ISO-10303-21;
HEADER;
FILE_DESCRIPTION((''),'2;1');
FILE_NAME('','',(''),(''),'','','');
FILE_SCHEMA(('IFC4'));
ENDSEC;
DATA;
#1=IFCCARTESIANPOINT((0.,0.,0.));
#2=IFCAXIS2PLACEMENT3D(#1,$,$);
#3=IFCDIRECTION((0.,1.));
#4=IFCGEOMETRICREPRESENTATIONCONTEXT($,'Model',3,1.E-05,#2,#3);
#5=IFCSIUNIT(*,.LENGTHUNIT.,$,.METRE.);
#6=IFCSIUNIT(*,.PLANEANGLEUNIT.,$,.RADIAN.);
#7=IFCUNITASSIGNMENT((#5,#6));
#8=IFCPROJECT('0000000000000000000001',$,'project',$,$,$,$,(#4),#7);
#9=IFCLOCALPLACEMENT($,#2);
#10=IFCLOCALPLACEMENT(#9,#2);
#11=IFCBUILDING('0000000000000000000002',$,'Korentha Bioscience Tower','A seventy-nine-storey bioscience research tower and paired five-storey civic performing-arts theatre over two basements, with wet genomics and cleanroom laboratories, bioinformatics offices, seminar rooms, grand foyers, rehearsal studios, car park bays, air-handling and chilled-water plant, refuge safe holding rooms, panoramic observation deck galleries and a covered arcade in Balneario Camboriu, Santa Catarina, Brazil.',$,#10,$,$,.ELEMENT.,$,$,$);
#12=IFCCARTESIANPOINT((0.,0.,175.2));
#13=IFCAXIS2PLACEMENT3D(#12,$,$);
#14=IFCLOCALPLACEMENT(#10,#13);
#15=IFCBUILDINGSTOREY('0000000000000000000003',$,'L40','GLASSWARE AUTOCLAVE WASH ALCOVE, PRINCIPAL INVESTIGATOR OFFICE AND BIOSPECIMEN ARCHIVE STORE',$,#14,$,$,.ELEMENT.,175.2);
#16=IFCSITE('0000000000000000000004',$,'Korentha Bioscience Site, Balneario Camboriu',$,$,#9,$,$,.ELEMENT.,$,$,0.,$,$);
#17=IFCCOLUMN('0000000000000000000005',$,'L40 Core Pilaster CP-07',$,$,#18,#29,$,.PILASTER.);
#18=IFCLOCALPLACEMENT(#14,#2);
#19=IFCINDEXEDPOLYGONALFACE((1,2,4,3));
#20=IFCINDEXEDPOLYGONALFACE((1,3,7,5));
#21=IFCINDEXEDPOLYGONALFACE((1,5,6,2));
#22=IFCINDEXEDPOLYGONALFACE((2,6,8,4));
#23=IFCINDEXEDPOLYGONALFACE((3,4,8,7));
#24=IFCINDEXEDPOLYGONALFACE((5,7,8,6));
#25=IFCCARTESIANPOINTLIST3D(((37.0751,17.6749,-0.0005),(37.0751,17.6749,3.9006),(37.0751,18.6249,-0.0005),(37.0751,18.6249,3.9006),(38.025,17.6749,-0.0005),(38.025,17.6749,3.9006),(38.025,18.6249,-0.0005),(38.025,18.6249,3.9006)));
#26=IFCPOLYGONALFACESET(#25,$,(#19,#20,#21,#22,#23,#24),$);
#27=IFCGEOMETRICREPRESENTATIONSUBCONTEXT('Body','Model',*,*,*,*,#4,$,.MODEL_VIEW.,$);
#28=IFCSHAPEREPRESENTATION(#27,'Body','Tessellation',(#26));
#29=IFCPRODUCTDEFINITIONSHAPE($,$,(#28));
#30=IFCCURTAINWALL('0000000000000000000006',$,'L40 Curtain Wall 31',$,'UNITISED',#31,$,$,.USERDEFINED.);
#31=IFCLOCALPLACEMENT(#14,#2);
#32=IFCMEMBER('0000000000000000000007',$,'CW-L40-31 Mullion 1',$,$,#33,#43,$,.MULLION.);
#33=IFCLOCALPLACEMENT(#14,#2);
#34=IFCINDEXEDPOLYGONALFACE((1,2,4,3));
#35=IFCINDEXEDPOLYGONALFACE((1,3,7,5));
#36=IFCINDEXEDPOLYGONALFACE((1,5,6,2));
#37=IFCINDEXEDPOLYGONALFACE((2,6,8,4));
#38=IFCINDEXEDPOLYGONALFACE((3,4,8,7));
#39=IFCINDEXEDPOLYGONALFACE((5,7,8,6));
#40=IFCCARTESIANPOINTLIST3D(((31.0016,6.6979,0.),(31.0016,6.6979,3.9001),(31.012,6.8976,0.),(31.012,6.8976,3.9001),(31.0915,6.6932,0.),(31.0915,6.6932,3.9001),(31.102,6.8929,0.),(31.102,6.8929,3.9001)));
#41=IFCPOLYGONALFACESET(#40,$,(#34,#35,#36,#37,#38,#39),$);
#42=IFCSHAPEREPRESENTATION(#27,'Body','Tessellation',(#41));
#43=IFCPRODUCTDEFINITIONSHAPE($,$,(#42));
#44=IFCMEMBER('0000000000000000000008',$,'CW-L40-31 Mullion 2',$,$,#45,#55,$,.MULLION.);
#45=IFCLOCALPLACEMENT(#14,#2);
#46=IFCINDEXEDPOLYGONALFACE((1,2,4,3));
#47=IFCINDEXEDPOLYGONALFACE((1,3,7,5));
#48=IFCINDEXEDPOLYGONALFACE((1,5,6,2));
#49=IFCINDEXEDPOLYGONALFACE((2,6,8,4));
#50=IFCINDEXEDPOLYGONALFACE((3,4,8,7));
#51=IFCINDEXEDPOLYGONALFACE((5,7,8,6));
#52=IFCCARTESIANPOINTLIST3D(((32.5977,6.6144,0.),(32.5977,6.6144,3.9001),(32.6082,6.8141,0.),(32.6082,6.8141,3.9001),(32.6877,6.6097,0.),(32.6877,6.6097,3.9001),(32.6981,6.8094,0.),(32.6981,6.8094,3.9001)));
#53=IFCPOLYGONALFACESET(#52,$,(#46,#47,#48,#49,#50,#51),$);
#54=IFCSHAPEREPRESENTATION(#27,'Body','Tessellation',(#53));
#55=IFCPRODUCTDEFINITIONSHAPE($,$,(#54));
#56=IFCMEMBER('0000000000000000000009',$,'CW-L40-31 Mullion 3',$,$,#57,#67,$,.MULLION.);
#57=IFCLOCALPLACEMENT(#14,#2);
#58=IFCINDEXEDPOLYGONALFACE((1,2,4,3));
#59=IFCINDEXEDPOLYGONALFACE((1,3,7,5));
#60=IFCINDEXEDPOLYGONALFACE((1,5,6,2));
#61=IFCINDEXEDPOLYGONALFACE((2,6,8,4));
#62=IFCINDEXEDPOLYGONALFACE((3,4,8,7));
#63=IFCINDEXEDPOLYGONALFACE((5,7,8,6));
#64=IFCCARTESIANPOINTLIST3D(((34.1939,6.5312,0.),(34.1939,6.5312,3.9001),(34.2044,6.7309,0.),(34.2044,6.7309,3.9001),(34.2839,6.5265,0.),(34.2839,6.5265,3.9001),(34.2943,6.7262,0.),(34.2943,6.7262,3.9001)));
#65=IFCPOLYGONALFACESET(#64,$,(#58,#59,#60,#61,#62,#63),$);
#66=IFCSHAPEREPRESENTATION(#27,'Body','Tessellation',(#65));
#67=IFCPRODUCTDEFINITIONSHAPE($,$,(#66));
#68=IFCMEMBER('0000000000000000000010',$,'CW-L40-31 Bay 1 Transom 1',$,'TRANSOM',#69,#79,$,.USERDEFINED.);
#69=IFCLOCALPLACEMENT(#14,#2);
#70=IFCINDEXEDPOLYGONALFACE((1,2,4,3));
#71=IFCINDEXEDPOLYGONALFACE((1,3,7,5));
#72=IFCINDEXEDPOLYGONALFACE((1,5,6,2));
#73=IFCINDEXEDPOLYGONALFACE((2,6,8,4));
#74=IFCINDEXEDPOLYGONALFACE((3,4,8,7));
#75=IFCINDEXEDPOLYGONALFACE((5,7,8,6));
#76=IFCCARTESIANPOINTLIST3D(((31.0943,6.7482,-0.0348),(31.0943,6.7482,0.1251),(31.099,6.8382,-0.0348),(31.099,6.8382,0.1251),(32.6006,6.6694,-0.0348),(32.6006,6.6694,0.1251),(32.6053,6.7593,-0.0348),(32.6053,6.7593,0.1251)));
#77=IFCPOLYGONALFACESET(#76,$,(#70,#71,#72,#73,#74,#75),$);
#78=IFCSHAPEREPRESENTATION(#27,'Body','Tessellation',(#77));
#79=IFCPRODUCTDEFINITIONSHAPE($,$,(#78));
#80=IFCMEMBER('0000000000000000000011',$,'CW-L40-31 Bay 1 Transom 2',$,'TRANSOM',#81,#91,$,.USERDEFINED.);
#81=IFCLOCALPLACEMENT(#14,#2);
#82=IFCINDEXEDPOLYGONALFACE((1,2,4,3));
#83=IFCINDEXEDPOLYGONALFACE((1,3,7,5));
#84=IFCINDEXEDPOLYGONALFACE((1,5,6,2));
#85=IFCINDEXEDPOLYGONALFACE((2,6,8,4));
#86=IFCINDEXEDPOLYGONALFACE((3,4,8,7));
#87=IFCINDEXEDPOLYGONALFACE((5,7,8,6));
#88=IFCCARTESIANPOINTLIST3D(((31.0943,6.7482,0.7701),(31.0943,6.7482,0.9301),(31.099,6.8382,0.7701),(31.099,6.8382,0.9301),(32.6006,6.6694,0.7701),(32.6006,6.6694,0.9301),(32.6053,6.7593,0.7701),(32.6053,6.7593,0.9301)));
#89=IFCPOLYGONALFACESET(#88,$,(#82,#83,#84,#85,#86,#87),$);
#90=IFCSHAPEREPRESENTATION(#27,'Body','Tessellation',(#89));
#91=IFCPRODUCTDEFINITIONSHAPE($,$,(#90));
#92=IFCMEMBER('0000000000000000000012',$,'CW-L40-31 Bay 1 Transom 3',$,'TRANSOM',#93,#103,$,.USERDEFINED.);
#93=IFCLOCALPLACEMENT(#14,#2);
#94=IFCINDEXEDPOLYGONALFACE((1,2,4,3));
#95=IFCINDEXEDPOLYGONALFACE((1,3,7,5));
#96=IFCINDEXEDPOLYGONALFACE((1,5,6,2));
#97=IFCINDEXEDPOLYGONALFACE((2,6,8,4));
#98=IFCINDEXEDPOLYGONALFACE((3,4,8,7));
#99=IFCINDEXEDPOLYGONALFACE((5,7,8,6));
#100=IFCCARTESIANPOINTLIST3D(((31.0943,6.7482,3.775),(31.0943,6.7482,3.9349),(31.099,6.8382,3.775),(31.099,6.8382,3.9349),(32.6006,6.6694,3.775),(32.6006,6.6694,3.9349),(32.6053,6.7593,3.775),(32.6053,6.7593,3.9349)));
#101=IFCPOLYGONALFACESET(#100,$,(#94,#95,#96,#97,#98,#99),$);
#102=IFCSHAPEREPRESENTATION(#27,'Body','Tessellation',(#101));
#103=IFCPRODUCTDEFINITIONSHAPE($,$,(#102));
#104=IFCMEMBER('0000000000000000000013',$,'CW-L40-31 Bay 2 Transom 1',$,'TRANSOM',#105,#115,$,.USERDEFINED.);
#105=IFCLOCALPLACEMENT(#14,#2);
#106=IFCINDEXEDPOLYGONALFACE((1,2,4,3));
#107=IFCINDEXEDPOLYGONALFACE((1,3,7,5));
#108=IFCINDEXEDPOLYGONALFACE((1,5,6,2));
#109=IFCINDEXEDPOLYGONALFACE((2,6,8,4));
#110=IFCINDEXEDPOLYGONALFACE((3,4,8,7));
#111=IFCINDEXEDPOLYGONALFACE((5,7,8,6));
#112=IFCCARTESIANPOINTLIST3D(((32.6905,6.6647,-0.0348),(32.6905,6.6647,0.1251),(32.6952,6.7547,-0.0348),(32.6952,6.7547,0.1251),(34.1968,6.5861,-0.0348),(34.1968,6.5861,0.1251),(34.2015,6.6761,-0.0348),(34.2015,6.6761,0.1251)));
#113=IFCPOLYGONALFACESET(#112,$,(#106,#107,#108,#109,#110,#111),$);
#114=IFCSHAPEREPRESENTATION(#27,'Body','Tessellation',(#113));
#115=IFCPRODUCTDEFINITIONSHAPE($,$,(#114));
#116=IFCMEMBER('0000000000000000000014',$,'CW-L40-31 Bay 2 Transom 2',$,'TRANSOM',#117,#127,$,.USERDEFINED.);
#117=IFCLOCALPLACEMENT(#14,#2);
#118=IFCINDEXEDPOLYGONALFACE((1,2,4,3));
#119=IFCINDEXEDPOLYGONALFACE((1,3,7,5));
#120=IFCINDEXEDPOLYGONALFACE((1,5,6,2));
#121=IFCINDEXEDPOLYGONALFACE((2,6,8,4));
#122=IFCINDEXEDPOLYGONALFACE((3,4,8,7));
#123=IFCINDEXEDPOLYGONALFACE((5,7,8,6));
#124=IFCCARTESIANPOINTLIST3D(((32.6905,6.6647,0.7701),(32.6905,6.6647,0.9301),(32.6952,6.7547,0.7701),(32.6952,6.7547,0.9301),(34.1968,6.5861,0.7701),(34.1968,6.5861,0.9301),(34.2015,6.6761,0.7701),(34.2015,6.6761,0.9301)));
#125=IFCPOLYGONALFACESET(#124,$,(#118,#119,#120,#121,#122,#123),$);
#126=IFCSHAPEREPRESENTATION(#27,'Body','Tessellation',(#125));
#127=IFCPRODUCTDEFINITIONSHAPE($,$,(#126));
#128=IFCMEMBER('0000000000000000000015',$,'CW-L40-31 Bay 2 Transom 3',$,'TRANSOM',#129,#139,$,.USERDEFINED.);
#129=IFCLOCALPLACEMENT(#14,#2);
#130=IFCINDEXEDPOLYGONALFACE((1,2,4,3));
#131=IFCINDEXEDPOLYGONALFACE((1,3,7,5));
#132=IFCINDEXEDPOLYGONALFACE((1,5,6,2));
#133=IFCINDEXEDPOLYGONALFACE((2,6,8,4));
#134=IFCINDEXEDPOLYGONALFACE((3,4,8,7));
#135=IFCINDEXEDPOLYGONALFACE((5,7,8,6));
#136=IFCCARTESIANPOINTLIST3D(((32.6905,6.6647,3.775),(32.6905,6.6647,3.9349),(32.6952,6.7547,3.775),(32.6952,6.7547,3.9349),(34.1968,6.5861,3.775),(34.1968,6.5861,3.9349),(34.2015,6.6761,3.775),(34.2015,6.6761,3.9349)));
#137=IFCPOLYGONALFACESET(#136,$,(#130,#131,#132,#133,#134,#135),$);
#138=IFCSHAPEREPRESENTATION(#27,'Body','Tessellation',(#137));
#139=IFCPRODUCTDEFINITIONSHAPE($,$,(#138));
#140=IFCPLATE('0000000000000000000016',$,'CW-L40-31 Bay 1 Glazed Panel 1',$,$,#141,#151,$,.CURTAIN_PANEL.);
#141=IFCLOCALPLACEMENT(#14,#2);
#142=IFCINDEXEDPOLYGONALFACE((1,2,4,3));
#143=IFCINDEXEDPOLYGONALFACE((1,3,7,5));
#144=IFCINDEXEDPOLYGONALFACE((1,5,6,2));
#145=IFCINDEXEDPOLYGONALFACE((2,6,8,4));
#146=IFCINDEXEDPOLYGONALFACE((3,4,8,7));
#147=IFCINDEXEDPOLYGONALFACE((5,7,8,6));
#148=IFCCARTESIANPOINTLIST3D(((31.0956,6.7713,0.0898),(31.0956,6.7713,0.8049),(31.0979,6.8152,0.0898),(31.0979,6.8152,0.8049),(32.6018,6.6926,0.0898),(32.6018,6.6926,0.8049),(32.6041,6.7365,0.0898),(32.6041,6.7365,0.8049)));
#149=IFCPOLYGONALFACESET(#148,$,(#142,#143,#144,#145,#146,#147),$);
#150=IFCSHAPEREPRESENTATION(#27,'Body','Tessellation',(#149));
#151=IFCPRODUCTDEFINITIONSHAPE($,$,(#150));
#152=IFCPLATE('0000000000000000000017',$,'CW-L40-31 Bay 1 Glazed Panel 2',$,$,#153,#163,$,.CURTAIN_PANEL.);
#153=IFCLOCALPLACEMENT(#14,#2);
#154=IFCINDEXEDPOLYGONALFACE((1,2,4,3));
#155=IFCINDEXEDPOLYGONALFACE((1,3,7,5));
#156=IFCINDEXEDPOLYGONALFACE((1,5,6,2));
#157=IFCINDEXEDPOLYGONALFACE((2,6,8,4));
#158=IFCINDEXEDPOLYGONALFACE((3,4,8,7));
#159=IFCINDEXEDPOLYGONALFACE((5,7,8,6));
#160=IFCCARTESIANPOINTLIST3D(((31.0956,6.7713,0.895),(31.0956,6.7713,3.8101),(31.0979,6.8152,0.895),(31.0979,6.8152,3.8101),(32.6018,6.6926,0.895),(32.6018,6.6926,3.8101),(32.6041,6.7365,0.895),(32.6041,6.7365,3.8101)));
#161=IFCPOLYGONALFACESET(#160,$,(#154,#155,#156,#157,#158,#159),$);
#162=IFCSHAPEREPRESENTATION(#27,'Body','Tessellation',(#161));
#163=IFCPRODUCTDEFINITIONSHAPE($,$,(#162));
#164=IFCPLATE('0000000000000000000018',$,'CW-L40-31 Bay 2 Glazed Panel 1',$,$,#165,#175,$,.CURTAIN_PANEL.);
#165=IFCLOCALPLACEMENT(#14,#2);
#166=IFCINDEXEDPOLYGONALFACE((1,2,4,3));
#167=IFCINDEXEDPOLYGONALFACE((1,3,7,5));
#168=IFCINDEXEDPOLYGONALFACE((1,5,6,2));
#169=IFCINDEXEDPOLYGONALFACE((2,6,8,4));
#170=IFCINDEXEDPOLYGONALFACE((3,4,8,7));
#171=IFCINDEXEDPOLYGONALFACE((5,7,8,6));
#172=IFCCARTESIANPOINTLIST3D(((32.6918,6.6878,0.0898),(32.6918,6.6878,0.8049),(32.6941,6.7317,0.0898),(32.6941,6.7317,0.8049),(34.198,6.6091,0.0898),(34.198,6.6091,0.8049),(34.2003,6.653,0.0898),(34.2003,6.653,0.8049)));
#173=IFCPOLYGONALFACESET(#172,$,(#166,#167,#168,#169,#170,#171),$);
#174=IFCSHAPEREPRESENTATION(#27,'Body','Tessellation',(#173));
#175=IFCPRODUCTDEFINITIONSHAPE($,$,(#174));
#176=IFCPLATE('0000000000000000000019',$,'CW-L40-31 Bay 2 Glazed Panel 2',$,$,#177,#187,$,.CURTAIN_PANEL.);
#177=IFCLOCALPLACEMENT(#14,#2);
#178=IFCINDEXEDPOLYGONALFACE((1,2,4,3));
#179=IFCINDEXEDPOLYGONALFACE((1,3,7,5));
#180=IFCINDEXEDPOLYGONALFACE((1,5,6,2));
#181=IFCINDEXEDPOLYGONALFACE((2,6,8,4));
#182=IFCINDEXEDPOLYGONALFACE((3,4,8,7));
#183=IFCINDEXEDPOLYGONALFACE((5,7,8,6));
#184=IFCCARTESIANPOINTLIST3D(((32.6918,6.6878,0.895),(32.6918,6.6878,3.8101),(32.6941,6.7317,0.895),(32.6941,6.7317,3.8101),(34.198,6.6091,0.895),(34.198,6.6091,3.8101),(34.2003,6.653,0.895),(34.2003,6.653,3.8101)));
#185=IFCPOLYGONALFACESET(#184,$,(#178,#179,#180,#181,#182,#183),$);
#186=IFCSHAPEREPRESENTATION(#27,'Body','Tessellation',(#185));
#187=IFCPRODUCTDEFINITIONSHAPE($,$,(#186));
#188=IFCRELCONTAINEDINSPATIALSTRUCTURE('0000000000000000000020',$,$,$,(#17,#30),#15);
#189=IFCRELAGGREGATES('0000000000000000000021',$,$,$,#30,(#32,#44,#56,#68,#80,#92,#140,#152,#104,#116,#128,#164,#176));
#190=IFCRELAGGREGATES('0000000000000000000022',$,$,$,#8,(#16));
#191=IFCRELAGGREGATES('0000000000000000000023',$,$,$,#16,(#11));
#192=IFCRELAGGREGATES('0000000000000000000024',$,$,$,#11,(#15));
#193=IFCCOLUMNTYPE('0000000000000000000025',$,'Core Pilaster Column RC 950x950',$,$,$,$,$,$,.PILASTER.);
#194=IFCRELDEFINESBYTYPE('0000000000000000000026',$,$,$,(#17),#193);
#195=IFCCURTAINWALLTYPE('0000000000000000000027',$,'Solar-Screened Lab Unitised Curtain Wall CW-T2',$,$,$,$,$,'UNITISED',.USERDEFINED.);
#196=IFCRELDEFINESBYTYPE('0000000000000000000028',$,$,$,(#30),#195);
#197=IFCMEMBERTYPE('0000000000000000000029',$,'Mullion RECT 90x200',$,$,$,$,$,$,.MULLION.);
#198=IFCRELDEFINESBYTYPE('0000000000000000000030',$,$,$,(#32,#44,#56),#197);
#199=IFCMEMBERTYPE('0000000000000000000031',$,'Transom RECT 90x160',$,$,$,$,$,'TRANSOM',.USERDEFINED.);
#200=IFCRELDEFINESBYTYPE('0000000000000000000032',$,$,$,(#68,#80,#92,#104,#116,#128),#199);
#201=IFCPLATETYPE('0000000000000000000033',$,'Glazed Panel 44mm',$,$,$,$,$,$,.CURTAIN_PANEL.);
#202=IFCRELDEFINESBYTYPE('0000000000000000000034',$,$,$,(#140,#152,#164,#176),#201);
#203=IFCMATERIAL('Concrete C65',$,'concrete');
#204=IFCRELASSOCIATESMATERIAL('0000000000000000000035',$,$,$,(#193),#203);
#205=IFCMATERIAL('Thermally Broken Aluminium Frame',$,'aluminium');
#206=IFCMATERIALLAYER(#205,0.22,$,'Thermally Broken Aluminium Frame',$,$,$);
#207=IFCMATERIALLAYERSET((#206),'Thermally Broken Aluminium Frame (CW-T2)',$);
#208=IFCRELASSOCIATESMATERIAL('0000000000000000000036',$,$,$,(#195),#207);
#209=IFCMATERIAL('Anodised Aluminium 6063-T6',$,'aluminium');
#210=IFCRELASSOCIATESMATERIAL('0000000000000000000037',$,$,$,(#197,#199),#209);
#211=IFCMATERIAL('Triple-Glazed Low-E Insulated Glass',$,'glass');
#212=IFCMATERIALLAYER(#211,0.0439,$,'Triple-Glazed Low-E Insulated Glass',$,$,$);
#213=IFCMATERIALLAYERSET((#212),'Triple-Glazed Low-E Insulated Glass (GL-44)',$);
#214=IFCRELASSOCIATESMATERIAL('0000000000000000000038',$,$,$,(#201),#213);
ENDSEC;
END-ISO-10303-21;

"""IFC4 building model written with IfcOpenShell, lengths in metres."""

from ifc_helpers import new_model, si_unit, direction, frame, origin, origin_2d, place, context, subcontext, project, spatial, rectangle, extrude, material, layer, layer_set, material_profile, profile_set, type_object, element, aggregate, save


model = new_model("IFC4")

# Units and contexts
model_context = context("Model", 3, precision=1e-05, world=origin(), true_north=direction((0.0, 1.0)))
body_context = subcontext(model_context, "Body", "Model", "MODEL_VIEW")
ifc_project = project(units=[si_unit("LENGTHUNIT", "METRE"), si_unit("PLANEANGLEUNIT", "RADIAN")], contexts=[model_context])

# Site, building, storey
site_placement = place(None, origin())
site = spatial("IfcSite", under=ifc_project, at=site_placement, Name="Korentha Bioscience Site, Balneario Camboriu", CompositionType="ELEMENT", RefElevation=0.0)
building_placement = place(site_placement, origin())
building = spatial("IfcBuilding", under=site, at=building_placement, Name="Korentha Bioscience Tower", Description="A seventy-nine-storey bioscience research tower and paired five-storey civic performing-arts theatre over two basements, with wet genomics and cleanroom laboratories, bioinformatics offices, seminar rooms, grand foyers, rehearsal studios, car park bays, air-handling and chilled-water plant, refuge safe holding rooms, panoramic observation deck galleries and a covered arcade in Balneario Camboriu, Santa Catarina, Brazil.", CompositionType="ELEMENT")
storey_placement = place(building_placement, frame((0.0, 0.0, 175.2)))
storey = spatial("IfcBuildingStorey", under=building, at=storey_placement, Name="L40", Description="GLASSWARE AUTOCLAVE WASH ALCOVE, PRINCIPAL INVESTIGATOR OFFICE AND BIOSPECIMEN ARCHIVE STORE", CompositionType="ELEMENT", Elevation=175.2)

# Column
ifc_material_1 = material(Name="Concrete C65", Category="concrete")
ifc_material_profile_1 = material_profile(ifc_material_1, rectangle(XDim=0.95, YDim=0.95, at=origin_2d()), Name="Concrete C65")
ifc_profile_set_1 = profile_set([ifc_material_profile_1], Name="Concrete C65 (COL-CP09)")
column_type = type_object("IfcColumnType", Name="Core Pilaster Column RC 950x950", PredefinedType="PILASTER", material=ifc_profile_set_1)
column_placement = place(storey_placement, frame((37.55, 18.1499, -0.0005), z_axis=(0.0, 0.0, 1.0), x_axis=(1.0, 0.0, 0.0)))
element("IfcColumn", 1, at=column_placement, inside=storey, type_object=column_type, Name="L40 Core Pilaster CP-07", PredefinedType="PILASTER", context=body_context, shape_type="SweptSolid", body=[
    extrude(rectangle(XDim=0.95, YDim=0.95, at=origin_2d()), origin(), (0.0, 0.0, 1.0), 3.9011),
])

# Curtain wall, members, plates
ifc_material_2 = material(Name="Thermally Broken Aluminium Frame", Category="aluminium")
ifc_layer_1 = layer(ifc_material_2, 0.22, Name="Thermally Broken Aluminium Frame")
ifc_layer_set_1 = layer_set([ifc_layer_1], Name="Thermally Broken Aluminium Frame (CW-T2)")
curtain_wall_type = type_object("IfcCurtainWallType", Name="Solar-Screened Lab Unitised Curtain Wall CW-T2", ElementType="UNITISED", PredefinedType="USERDEFINED", material=ifc_layer_set_1)
curtain_wall_placement = place(storey_placement, origin())
curtain_wall = element("IfcCurtainWall", 2, at=curtain_wall_placement, inside=storey, type_object=curtain_wall_type, Name="L40 Curtain Wall 31", ObjectType="UNITISED", PredefinedType="USERDEFINED")
ifc_material_3 = material(Name="Anodised Aluminium 6063-T6", Category="aluminium")
ifc_material_profile_2 = material_profile(ifc_material_3, rectangle(XDim=0.0901, YDim=0.2, at=origin_2d()), Name="Anodised Aluminium 6063-T6")
ifc_profile_set_2 = profile_set([ifc_material_profile_2], Name="Anodised Aluminium 6063-T6 (CW-MUL)")
member_type_1 = type_object("IfcMemberType", Name="Mullion RECT 90x200", PredefinedType="MULLION", material=ifc_profile_set_2)
member_1_placement = place(storey_placement, frame((31.0518, 6.7954, 0.0), z_axis=(0.0, 0.0, 1.0), x_axis=(0.998638, -0.05218, 0.0)))
member_1 = element("IfcMember", 3, at=member_1_placement, type_object=member_type_1, Name="CW-L40-31 Mullion 1", PredefinedType="MULLION", context=body_context, shape_type="SweptSolid", body=[
    extrude(rectangle(XDim=0.0901, YDim=0.2, at=origin_2d()), origin(), (0.0, 0.0, 1.0), 3.9001),
])
member_2_placement = place(storey_placement, frame((32.6479, 6.7119, 0.0), z_axis=(0.0, 0.0, 1.0), x_axis=(0.998638, -0.05218, 0.0)))
member_2 = element("IfcMember", 4, at=member_2_placement, type_object=member_type_1, Name="CW-L40-31 Mullion 2", PredefinedType="MULLION", context=body_context, shape_type="SweptSolid", body=[
    extrude(rectangle(XDim=0.0901, YDim=0.2, at=origin_2d()), origin(), (0.0, 0.0, 1.0), 3.9001),
])
member_3_placement = place(storey_placement, frame((34.2441, 6.6287, 0.0), z_axis=(0.0, 0.0, 1.0), x_axis=(0.998638, -0.05218, 0.0)))
member_3 = element("IfcMember", 5, at=member_3_placement, type_object=member_type_1, Name="CW-L40-31 Mullion 3", PredefinedType="MULLION", context=body_context, shape_type="SweptSolid", body=[
    extrude(rectangle(XDim=0.0901, YDim=0.2, at=origin_2d()), origin(), (0.0, 0.0, 1.0), 3.9001),
])
ifc_material_profile_3 = material_profile(ifc_material_3, rectangle(XDim=0.0901, YDim=0.1599, at=origin_2d()), Name="Anodised Aluminium 6063-T6")
ifc_profile_set_3 = profile_set([ifc_material_profile_3], Name="Anodised Aluminium 6063-T6 (CW-TRN)")
member_type_2 = type_object("IfcMemberType", Name="Transom RECT 90x160", ElementType="TRANSOM", PredefinedType="USERDEFINED", material=ifc_profile_set_3)
member_4_placement = place(storey_placement, frame((31.0967, 6.7932, 0.0452), z_axis=(0.998633, -0.052278, 0.0), x_axis=(0.052278, 0.998633, 0.0)))
member_4 = element("IfcMember", 6, at=member_4_placement, type_object=member_type_2, Name="CW-L40-31 Bay 1 Transom 1", ObjectType="TRANSOM", PredefinedType="USERDEFINED", context=body_context, shape_type="SweptSolid", body=[
    extrude(rectangle(XDim=0.0901, YDim=0.1599, at=origin_2d()), origin(), (0.0, 0.0, 1.0), 1.5083),
])
member_5_placement = place(storey_placement, frame((31.0967, 6.7932, 0.8501), z_axis=(0.998633, -0.052278, 0.0), x_axis=(0.052278, 0.998633, 0.0)))
member_5 = element("IfcMember", 7, at=member_5_placement, type_object=member_type_2, Name="CW-L40-31 Bay 1 Transom 2", ObjectType="TRANSOM", PredefinedType="USERDEFINED", context=body_context, shape_type="SweptSolid", body=[
    extrude(rectangle(XDim=0.0901, YDim=0.1599, at=origin_2d()), origin(), (0.0, 0.0, 1.0), 1.5083),
])
member_6_placement = place(storey_placement, frame((31.0967, 6.7932, 3.855), z_axis=(0.998633, -0.052278, 0.0), x_axis=(0.052278, 0.998633, 0.0)))
member_6 = element("IfcMember", 8, at=member_6_placement, type_object=member_type_2, Name="CW-L40-31 Bay 1 Transom 3", ObjectType="TRANSOM", PredefinedType="USERDEFINED", context=body_context, shape_type="SweptSolid", body=[
    extrude(rectangle(XDim=0.0901, YDim=0.1599, at=origin_2d()), origin(), (0.0, 0.0, 1.0), 1.5083),
])
member_7_placement = place(storey_placement, frame((32.6929, 6.7097, 0.0452), z_axis=(0.998641, -0.052117, 0.0), x_axis=(0.052117, 0.998641, 0.0)))
member_7 = element("IfcMember", 9, at=member_7_placement, type_object=member_type_2, Name="CW-L40-31 Bay 2 Transom 1", ObjectType="TRANSOM", PredefinedType="USERDEFINED", context=body_context, shape_type="SweptSolid", body=[
    extrude(rectangle(XDim=0.0901, YDim=0.1599, at=origin_2d()), origin(), (0.0, 0.0, 1.0), 1.5083),
])
member_8_placement = place(storey_placement, frame((32.6929, 6.7097, 0.8501), z_axis=(0.998641, -0.052117, 0.0), x_axis=(0.052117, 0.998641, 0.0)))
member_8 = element("IfcMember", 10, at=member_8_placement, type_object=member_type_2, Name="CW-L40-31 Bay 2 Transom 2", ObjectType="TRANSOM", PredefinedType="USERDEFINED", context=body_context, shape_type="SweptSolid", body=[
    extrude(rectangle(XDim=0.0901, YDim=0.1599, at=origin_2d()), origin(), (0.0, 0.0, 1.0), 1.5083),
])
member_9_placement = place(storey_placement, frame((32.6929, 6.7097, 3.855), z_axis=(0.998641, -0.052117, 0.0), x_axis=(0.052117, 0.998641, 0.0)))
member_9 = element("IfcMember", 11, at=member_9_placement, type_object=member_type_2, Name="CW-L40-31 Bay 2 Transom 3", ObjectType="TRANSOM", PredefinedType="USERDEFINED", context=body_context, shape_type="SweptSolid", body=[
    extrude(rectangle(XDim=0.0901, YDim=0.1599, at=origin_2d()), origin(), (0.0, 0.0, 1.0), 1.5083),
])
ifc_material_4 = material(Name="Triple-Glazed Low-E Insulated Glass", Category="glass")
ifc_layer_2 = layer(ifc_material_4, 0.0439, Name="Triple-Glazed Low-E Insulated Glass")
ifc_layer_set_2 = layer_set([ifc_layer_2], Name="Triple-Glazed Low-E Insulated Glass (GL-44)")
plate_type = type_object("IfcPlateType", Name="Glazed Panel 44mm", PredefinedType="CURTAIN_PANEL", material=ifc_layer_set_2)
plate_1_placement = place(storey_placement, frame((31.8499, 6.7539, 0.0898), z_axis=(0.0, 0.0, 1.0), x_axis=(0.998638, -0.05218, 0.0)))
plate_1 = element("IfcPlate", 12, at=plate_1_placement, type_object=plate_type, Name="CW-L40-31 Bay 1 Glazed Panel 1", PredefinedType="CURTAIN_PANEL", context=body_context, shape_type="SweptSolid", body=[
    extrude(rectangle(XDim=1.5083, YDim=0.0439, at=origin_2d()), origin(), (0.0, 0.0, 1.0), 0.7151),
])
plate_2_placement = place(storey_placement, frame((31.8499, 6.7539, 0.895), z_axis=(0.0, 0.0, 1.0), x_axis=(0.998638, -0.05218, 0.0)))
plate_2 = element("IfcPlate", 13, at=plate_2_placement, type_object=plate_type, Name="CW-L40-31 Bay 1 Glazed Panel 2", PredefinedType="CURTAIN_PANEL", context=body_context, shape_type="SweptSolid", body=[
    extrude(rectangle(XDim=1.5083, YDim=0.0439, at=origin_2d()), origin(), (0.0, 0.0, 1.0), 2.915),
])
plate_3_placement = place(storey_placement, frame((33.446, 6.6704, 0.0898), z_axis=(0.0, 0.0, 1.0), x_axis=(0.998638, -0.05218, 0.0)))
plate_3 = element("IfcPlate", 14, at=plate_3_placement, type_object=plate_type, Name="CW-L40-31 Bay 2 Glazed Panel 1", PredefinedType="CURTAIN_PANEL", context=body_context, shape_type="SweptSolid", body=[
    extrude(rectangle(XDim=1.5083, YDim=0.0439, at=origin_2d()), origin(), (0.0, 0.0, 1.0), 0.7151),
])
plate_4_placement = place(storey_placement, frame((33.446, 6.6704, 0.895), z_axis=(0.0, 0.0, 1.0), x_axis=(0.998638, -0.05218, 0.0)))
plate_4 = element("IfcPlate", 15, at=plate_4_placement, type_object=plate_type, Name="CW-L40-31 Bay 2 Glazed Panel 2", PredefinedType="CURTAIN_PANEL", context=body_context, shape_type="SweptSolid", body=[
    extrude(rectangle(XDim=1.5083, YDim=0.0439, at=origin_2d()), origin(), (0.0, 0.0, 1.0), 2.915),
])
aggregate(curtain_wall, [member_1, member_2, member_3, member_4, member_5, member_6, plate_1, plate_2, member_7, member_8, member_9, plate_3, plate_4])

save(model, "model.ifc")
